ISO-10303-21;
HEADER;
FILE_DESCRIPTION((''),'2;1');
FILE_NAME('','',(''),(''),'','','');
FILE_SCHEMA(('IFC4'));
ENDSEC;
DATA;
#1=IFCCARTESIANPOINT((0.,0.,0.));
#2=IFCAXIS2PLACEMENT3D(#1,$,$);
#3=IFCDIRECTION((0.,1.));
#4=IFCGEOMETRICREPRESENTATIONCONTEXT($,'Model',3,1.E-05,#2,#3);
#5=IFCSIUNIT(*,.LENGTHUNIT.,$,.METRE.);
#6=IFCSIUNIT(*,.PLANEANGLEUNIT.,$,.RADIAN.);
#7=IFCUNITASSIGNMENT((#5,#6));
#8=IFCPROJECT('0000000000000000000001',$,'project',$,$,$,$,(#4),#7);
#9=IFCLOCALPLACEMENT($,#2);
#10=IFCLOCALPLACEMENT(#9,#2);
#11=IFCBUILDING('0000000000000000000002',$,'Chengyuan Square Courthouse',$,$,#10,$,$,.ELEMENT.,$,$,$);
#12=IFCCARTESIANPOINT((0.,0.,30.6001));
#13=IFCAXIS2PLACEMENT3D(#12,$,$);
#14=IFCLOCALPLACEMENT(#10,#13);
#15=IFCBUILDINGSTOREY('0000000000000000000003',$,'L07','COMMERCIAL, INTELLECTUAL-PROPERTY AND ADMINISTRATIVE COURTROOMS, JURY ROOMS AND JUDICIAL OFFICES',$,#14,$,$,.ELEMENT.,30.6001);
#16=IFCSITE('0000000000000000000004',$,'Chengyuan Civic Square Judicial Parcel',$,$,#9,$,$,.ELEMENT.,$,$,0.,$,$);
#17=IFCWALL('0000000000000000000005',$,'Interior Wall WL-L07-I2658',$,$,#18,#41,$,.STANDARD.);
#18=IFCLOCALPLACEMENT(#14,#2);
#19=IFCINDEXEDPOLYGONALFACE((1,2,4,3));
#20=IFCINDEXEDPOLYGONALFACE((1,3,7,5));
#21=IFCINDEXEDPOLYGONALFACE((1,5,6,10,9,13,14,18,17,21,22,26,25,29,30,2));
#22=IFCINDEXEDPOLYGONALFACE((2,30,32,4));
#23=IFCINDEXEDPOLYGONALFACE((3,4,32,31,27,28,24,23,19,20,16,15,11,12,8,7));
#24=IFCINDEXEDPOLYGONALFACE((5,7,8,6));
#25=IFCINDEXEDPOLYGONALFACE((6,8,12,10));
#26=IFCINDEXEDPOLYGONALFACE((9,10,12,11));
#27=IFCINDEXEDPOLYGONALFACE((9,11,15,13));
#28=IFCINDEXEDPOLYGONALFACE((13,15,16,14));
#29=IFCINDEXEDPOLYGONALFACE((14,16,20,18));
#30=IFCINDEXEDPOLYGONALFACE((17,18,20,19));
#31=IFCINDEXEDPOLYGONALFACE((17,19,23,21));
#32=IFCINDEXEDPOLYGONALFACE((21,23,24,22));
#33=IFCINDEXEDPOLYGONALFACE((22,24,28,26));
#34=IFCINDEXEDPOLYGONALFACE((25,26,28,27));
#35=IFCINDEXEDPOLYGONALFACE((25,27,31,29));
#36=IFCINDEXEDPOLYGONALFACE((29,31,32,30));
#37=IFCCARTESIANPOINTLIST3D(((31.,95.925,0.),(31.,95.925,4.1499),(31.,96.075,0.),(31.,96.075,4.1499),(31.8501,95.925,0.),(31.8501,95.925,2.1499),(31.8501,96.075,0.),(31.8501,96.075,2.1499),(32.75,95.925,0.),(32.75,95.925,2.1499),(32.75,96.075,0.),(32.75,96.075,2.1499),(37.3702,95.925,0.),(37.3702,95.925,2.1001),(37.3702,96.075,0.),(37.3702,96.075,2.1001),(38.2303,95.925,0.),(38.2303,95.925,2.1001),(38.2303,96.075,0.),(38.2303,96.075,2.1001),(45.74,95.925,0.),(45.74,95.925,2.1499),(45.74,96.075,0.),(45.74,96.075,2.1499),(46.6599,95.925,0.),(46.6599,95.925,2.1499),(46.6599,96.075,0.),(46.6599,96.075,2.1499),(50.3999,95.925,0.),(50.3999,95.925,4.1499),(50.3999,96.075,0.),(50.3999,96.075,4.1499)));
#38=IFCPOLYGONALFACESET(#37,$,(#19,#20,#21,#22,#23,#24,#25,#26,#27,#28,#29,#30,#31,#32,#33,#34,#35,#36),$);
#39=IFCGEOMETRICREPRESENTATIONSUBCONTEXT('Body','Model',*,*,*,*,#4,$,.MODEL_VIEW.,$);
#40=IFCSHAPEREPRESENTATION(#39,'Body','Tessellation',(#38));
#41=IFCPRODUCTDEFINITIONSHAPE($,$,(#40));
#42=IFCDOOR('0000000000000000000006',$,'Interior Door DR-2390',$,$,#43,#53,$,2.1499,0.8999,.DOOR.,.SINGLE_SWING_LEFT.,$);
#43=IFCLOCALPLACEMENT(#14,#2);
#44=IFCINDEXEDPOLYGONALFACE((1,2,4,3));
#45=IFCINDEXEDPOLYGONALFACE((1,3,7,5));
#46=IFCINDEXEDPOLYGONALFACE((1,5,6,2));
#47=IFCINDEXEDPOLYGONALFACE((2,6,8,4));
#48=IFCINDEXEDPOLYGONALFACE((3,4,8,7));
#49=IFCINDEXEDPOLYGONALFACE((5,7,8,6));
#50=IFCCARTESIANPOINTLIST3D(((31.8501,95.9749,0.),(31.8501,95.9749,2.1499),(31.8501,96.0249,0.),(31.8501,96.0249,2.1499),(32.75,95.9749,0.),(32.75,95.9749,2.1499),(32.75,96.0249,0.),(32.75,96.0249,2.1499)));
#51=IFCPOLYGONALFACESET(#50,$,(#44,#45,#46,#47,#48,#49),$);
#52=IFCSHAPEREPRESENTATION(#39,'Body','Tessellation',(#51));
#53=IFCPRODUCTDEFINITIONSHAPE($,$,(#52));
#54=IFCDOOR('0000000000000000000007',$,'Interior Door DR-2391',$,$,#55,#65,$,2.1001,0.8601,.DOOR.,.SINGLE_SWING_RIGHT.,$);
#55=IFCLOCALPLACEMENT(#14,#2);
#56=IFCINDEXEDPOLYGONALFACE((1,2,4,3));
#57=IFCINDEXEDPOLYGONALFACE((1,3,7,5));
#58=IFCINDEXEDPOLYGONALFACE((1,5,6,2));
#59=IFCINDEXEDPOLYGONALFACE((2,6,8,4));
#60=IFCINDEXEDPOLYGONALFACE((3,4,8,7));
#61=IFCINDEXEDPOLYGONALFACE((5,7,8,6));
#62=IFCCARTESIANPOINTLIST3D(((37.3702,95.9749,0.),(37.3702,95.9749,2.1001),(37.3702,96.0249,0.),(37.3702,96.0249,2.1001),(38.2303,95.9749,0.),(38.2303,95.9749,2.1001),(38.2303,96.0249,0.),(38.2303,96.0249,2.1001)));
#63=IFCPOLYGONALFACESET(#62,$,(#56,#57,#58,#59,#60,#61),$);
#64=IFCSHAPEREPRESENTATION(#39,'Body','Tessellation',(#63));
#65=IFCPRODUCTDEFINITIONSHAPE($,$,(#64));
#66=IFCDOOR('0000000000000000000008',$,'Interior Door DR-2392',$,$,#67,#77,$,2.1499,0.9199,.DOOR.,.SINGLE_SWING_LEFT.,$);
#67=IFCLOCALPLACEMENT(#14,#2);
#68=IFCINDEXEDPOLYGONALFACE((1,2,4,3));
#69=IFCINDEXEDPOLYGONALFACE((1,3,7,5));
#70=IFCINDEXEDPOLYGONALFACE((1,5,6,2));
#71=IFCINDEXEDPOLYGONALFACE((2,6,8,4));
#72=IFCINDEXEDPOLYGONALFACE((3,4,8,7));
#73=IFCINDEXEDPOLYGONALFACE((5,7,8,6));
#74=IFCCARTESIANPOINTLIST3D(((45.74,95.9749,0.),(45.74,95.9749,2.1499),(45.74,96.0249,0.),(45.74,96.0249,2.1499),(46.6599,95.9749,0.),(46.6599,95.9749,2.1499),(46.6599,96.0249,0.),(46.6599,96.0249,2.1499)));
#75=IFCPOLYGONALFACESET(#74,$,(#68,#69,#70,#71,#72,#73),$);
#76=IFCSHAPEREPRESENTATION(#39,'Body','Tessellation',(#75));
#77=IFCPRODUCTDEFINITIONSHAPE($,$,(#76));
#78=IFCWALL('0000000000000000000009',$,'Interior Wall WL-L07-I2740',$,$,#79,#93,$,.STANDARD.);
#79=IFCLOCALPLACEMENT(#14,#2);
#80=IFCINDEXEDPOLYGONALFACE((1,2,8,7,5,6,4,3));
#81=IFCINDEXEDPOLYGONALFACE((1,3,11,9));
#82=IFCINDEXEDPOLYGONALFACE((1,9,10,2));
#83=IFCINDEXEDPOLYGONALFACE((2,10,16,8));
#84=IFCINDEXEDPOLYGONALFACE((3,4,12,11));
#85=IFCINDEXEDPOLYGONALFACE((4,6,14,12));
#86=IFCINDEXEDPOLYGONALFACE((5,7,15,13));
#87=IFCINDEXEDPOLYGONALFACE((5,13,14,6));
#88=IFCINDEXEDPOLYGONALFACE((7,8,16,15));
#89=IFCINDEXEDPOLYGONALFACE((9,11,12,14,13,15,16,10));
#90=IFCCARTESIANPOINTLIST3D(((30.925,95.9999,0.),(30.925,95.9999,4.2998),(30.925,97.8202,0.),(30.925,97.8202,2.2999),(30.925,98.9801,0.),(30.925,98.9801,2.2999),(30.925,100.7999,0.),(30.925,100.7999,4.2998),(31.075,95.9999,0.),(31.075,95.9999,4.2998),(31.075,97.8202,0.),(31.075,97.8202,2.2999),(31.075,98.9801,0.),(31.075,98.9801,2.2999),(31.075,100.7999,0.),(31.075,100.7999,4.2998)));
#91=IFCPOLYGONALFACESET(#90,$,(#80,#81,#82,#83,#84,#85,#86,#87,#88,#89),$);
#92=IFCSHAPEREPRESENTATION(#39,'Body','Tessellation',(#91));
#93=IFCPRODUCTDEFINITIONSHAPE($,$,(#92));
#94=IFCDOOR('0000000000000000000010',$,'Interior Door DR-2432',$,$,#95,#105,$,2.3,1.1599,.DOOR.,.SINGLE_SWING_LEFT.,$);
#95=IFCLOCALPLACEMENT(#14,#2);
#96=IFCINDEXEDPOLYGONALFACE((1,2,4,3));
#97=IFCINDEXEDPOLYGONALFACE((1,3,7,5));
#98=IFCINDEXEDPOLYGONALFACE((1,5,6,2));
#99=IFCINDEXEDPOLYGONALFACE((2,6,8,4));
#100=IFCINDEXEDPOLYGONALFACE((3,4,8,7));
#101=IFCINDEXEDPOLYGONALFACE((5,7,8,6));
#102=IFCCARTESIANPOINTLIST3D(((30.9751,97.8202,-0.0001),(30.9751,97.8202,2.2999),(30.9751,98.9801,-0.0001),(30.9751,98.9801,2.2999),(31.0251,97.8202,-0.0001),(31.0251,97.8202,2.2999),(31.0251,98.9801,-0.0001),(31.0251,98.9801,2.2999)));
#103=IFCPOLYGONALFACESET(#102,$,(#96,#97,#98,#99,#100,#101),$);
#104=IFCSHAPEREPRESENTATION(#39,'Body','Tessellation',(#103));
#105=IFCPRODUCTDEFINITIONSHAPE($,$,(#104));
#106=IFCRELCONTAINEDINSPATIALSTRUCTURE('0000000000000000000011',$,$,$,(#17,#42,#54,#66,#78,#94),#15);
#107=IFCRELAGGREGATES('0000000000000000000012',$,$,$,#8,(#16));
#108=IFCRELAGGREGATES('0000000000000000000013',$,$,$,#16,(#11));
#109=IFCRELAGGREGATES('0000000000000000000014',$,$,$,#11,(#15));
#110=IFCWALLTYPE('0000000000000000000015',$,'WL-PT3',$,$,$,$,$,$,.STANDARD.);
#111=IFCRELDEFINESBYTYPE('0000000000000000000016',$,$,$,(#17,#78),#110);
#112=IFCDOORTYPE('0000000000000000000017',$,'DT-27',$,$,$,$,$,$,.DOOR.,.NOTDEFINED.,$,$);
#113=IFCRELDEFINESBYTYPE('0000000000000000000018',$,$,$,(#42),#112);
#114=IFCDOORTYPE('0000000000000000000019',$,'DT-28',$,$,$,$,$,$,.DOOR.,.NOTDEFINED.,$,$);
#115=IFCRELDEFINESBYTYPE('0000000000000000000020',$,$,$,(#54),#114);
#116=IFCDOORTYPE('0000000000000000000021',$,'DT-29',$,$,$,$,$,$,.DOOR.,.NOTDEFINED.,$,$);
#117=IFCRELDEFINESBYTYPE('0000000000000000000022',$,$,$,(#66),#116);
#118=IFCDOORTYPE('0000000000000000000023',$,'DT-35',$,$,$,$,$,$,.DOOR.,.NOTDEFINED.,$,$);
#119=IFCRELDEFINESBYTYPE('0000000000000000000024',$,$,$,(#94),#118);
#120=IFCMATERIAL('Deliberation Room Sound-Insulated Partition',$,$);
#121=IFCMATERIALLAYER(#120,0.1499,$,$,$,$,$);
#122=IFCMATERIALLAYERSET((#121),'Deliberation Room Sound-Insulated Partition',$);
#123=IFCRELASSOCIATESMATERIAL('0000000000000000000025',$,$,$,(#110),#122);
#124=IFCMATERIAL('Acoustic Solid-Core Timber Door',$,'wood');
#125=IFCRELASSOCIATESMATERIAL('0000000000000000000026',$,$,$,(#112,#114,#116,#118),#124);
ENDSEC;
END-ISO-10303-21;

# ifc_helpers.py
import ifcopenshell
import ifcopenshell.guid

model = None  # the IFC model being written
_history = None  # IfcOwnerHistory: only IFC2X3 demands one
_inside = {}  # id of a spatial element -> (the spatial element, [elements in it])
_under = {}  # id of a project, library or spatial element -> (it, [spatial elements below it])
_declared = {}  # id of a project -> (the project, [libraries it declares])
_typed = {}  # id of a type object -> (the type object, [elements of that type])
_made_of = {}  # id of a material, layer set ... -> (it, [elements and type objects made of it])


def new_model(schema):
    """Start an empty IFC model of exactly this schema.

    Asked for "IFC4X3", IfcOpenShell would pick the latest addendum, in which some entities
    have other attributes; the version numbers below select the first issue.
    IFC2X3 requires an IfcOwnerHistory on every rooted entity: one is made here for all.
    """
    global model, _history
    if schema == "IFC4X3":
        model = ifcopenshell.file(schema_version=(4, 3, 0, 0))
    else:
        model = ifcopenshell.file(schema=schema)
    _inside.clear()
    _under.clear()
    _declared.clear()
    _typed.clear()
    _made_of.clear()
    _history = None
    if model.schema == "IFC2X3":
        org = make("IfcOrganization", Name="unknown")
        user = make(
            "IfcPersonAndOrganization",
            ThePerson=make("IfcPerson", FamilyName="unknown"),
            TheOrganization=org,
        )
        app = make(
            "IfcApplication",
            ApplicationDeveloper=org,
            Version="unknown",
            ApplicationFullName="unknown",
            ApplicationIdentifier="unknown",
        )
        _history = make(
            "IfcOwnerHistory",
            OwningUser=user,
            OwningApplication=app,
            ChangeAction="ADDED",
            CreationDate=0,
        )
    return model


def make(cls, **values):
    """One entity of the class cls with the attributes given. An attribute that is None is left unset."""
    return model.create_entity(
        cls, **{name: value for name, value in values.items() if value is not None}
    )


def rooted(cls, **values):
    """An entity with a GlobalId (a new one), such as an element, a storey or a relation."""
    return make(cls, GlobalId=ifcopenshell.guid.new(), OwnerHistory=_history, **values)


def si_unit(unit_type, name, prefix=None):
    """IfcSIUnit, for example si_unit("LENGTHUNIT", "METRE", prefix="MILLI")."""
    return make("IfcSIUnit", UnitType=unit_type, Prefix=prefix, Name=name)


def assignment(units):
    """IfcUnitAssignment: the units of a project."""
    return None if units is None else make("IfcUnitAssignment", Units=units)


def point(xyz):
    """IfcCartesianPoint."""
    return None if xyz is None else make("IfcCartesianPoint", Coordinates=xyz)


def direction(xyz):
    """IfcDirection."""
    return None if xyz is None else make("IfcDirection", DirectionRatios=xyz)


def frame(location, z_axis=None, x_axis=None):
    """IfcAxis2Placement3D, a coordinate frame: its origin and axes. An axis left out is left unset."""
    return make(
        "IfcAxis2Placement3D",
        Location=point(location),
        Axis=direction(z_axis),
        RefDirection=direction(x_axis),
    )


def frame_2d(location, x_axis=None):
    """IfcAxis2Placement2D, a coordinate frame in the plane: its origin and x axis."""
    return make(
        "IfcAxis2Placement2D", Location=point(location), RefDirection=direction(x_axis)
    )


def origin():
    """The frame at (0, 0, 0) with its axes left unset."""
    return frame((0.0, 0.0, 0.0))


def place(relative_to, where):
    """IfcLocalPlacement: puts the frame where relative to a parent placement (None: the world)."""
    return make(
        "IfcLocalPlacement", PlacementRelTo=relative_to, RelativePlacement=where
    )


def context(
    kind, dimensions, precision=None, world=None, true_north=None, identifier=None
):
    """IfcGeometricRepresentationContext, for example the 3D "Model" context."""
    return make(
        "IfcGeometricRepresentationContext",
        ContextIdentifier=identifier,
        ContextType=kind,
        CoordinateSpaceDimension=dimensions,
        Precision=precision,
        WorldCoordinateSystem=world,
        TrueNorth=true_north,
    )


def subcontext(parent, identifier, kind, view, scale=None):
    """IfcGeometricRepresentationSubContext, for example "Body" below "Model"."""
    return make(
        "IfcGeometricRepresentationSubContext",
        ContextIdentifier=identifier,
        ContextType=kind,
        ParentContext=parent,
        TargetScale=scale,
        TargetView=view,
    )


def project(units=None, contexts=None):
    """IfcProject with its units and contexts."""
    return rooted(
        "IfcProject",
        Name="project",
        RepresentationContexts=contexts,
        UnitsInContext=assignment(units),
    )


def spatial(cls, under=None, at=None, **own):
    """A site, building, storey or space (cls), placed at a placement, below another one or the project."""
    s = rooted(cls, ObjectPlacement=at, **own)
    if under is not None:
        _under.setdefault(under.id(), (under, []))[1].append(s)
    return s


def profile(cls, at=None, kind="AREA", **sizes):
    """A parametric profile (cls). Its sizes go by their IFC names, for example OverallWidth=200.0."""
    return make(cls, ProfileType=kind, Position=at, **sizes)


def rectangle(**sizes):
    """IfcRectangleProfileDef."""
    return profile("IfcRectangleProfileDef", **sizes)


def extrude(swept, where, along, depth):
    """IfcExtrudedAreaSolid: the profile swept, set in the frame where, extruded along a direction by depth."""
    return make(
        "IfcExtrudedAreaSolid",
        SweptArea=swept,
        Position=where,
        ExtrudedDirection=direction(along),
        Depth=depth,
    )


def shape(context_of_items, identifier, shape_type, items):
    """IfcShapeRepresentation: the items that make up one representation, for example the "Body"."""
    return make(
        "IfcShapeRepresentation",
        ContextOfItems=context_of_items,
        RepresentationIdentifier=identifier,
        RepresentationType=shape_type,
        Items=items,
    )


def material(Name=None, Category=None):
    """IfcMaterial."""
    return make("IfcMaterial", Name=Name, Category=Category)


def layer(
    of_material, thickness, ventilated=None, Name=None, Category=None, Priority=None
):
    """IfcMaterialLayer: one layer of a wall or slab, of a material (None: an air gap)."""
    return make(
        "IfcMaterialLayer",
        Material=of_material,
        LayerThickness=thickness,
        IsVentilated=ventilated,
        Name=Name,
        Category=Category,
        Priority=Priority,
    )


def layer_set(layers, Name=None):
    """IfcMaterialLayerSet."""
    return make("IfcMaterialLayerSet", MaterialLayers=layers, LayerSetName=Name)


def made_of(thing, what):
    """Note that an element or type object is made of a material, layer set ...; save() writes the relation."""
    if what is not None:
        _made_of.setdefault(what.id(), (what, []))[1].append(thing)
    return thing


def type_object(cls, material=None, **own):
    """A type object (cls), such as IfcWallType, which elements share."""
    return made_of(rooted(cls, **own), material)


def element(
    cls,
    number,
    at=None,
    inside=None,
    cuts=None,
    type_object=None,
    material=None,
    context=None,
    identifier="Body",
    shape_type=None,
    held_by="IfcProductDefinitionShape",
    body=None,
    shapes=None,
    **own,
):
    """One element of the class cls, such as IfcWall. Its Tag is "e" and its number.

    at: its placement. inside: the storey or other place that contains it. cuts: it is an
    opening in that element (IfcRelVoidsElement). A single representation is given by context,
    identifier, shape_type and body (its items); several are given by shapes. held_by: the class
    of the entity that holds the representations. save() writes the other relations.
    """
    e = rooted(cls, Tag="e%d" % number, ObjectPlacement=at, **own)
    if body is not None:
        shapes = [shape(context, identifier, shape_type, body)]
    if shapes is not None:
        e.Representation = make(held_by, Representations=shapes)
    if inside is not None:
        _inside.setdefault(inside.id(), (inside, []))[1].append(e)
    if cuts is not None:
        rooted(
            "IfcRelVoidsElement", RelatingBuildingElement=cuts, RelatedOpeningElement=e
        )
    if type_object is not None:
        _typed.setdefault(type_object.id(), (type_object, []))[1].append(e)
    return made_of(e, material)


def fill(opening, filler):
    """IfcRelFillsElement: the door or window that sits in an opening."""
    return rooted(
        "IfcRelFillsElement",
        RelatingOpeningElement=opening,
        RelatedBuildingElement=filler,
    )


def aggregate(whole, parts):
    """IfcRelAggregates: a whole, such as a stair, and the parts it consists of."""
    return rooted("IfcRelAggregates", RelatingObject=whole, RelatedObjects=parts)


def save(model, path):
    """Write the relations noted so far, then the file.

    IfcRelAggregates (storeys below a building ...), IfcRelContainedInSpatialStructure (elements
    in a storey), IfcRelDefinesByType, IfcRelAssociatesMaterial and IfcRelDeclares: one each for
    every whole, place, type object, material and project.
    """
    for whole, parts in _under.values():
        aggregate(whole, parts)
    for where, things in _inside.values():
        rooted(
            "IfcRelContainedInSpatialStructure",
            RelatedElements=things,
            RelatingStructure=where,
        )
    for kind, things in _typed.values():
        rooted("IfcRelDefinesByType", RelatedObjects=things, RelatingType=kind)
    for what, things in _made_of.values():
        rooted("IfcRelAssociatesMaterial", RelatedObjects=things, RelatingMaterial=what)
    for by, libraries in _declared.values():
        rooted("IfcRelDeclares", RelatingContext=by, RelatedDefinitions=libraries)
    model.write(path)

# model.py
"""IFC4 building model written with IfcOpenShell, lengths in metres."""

from ifc_helpers import new_model, si_unit, direction, frame, frame_2d, origin, place, context, subcontext, project, spatial, rectangle, extrude, material, layer, layer_set, type_object, element, fill, save


model = new_model("IFC4")

# Units and contexts
model_context = context("Model", 3, precision=1e-05, world=origin(), true_north=direction((0.0, 1.0)))
body_context = subcontext(model_context, "Body", "Model", "MODEL_VIEW")
ifc_project = project(units=[si_unit("LENGTHUNIT", "METRE"), si_unit("PLANEANGLEUNIT", "RADIAN")], contexts=[model_context])

# Site, building, storey
site_placement = place(None, origin())
site = spatial("IfcSite", under=ifc_project, at=site_placement, Name="Chengyuan Civic Square Judicial Parcel", CompositionType="ELEMENT", RefElevation=0.0)
building_placement = place(site_placement, origin())
building = spatial("IfcBuilding", under=site, at=building_placement, Name="Chengyuan Square Courthouse", CompositionType="ELEMENT")
storey_placement = place(building_placement, frame((0.0, 0.0, 30.6001)))
storey = spatial("IfcBuildingStorey", under=building, at=storey_placement, Name="L07", Description="COMMERCIAL, INTELLECTUAL-PROPERTY AND ADMINISTRATIVE COURTROOMS, JURY ROOMS AND JUDICIAL OFFICES", CompositionType="ELEMENT", Elevation=30.6001)

# Wall, openings, doors
ifc_material_1 = material(Name="Deliberation Room Sound-Insulated Partition")
ifc_layer_1 = layer(ifc_material_1, 0.1499)
ifc_layer_set_1 = layer_set([ifc_layer_1], Name="Deliberation Room Sound-Insulated Partition")
wall_type_1 = type_object("IfcWallType", Name="WL-PT3", PredefinedType="STANDARD", material=ifc_layer_set_1)
wall_1_placement = place(storey_placement, frame((31.0, 96.0, 0.0), z_axis=(0.0, 0.0, 1.0), x_axis=(1.0, 0.0, 0.0)))
wall_1 = element("IfcWall", 1, at=wall_1_placement, inside=storey, type_object=wall_type_1, Name="Interior Wall WL-L07-I2658", PredefinedType="STANDARD", context=body_context, shape_type="SweptSolid", body=[
    extrude(rectangle(XDim=19.3999, YDim=0.1499, at=frame_2d((9.7, 0.0))), origin(), (0.0, 0.0, 1.0), 4.1499),
])
opening_1_placement = place(wall_1_placement, frame((0.8501, 0.0, 0.0)))
opening_1 = element("IfcOpeningElement", 2, at=opening_1_placement, cuts=wall_1, PredefinedType="OPENING", context=body_context, shape_type="SweptSolid", body=[
    extrude(rectangle(XDim=0.8999, YDim=2.1499, at=frame_2d((0.45, 1.075))), frame((0.0, 0.0869, 0.0), z_axis=(0.0, -1.0, 0.0), x_axis=(1.0, 0.0, 0.0)), (0.0, 0.0, 1.0), 0.1738),
])
opening_2_placement = place(wall_1_placement, frame((6.3701, 0.0, 0.0)))
opening_2 = element("IfcOpeningElement", 3, at=opening_2_placement, cuts=wall_1, PredefinedType="OPENING", context=body_context, shape_type="SweptSolid", body=[
    extrude(rectangle(XDim=0.8601, YDim=2.1001, at=frame_2d((0.4302, 1.05))), frame((0.0, 0.0869, 0.0), z_axis=(0.0, -1.0, 0.0), x_axis=(1.0, 0.0, 0.0)), (0.0, 0.0, 1.0), 0.1738),
])
opening_3_placement = place(wall_1_placement, frame((14.74, 0.0, 0.0)))
opening_3 = element("IfcOpeningElement", 4, at=opening_3_placement, cuts=wall_1, PredefinedType="OPENING", context=body_context, shape_type="SweptSolid", body=[
    extrude(rectangle(XDim=0.9199, YDim=2.1499, at=frame_2d((0.46, 1.075))), frame((0.0, 0.0869, 0.0), z_axis=(0.0, -1.0, 0.0), x_axis=(1.0, 0.0, 0.0)), (0.0, 0.0, 1.0), 0.1738),
])
ifc_material_2 = material(Name="Acoustic Solid-Core Timber Door", Category="wood")
door_type_1 = type_object("IfcDoorType", Name="DT-27", OperationType="NOTDEFINED", PredefinedType="DOOR", material=ifc_material_2)
door_1_placement = place(opening_1_placement, origin())
door_1 = element("IfcDoor", 5, at=door_1_placement, inside=storey, type_object=door_type_1, Name="Interior Door DR-2390", OperationType="SINGLE_SWING_LEFT", OverallHeight=2.1499, OverallWidth=0.8999, PredefinedType="DOOR", context=body_context, shape_type="SweptSolid", body=[
    extrude(rectangle(XDim=0.8999, YDim=2.1499, at=frame_2d((0.45, 1.075))), frame((0.0, 0.0249, 0.0), z_axis=(0.0, -1.0, 0.0), x_axis=(1.0, 0.0, 0.0)), (0.0, 0.0, 1.0), 0.05),
])
fill(opening_1, door_1)
door_type_2 = type_object("IfcDoorType", Name="DT-28", OperationType="NOTDEFINED", PredefinedType="DOOR", material=ifc_material_2)
door_2_placement = place(opening_2_placement, origin())
door_2 = element("IfcDoor", 6, at=door_2_placement, inside=storey, type_object=door_type_2, Name="Interior Door DR-2391", OperationType="SINGLE_SWING_RIGHT", OverallHeight=2.1001, OverallWidth=0.8601, PredefinedType="DOOR", context=body_context, shape_type="SweptSolid", body=[
    extrude(rectangle(XDim=0.8601, YDim=2.1001, at=frame_2d((0.4302, 1.05))), frame((0.0, 0.0249, 0.0), z_axis=(0.0, -1.0, 0.0), x_axis=(1.0, 0.0, 0.0)), (0.0, 0.0, 1.0), 0.05),
])
fill(opening_2, door_2)
door_type_3 = type_object("IfcDoorType", Name="DT-29", OperationType="NOTDEFINED", PredefinedType="DOOR", material=ifc_material_2)
door_3_placement = place(opening_3_placement, origin())
door_3 = element("IfcDoor", 7, at=door_3_placement, inside=storey, type_object=door_type_3, Name="Interior Door DR-2392", OperationType="SINGLE_SWING_LEFT", OverallHeight=2.1499, OverallWidth=0.9199, PredefinedType="DOOR", context=body_context, shape_type="SweptSolid", body=[
    extrude(rectangle(XDim=0.9199, YDim=2.1499, at=frame_2d((0.46, 1.075))), frame((0.0, 0.0249, 0.0), z_axis=(0.0, -1.0, 0.0), x_axis=(1.0, 0.0, 0.0)), (0.0, 0.0, 1.0), 0.05),
])
fill(opening_3, door_3)

# Wall, opening, door
wall_2_placement = place(storey_placement, frame((31.0, 96.0, 0.0), z_axis=(0.0, 0.0, 1.0), x_axis=(0.0, 1.0, 0.0)))
wall_2 = element("IfcWall", 8, at=wall_2_placement, inside=storey, type_object=wall_type_1, Name="Interior Wall WL-L07-I2740", PredefinedType="STANDARD", context=body_context, shape_type="SweptSolid", body=[
    extrude(rectangle(XDim=4.8, YDim=0.1499, at=frame_2d((2.3999, 0.0))), origin(), (0.0, 0.0, 1.0), 4.2998),
])
opening_4_placement = place(wall_2_placement, frame((1.8201, 0.0, 0.0)))
opening_4 = element("IfcOpeningElement", 9, at=opening_4_placement, cuts=wall_2, PredefinedType="OPENING", context=body_context, shape_type="SweptSolid", body=[
    extrude(rectangle(XDim=1.1599, YDim=2.3, at=frame_2d((0.5801, 1.1499))), frame((0.0, 0.0869, 0.0), z_axis=(0.0, -1.0, 0.0), x_axis=(1.0, 0.0, 0.0)), (0.0, 0.0, 1.0), 0.1738),
])
door_type_4 = type_object("IfcDoorType", Name="DT-35", OperationType="NOTDEFINED", PredefinedType="DOOR", material=ifc_material_2)
door_4_placement = place(opening_4_placement, origin())
door_4 = element("IfcDoor", 10, at=door_4_placement, inside=storey, type_object=door_type_4, Name="Interior Door DR-2432", OperationType="SINGLE_SWING_LEFT", OverallHeight=2.3, OverallWidth=1.1599, PredefinedType="DOOR", context=body_context, shape_type="SweptSolid", body=[
    extrude(rectangle(XDim=1.1599, YDim=2.3, at=frame_2d((0.5801, 1.1499))), frame((0.0, 0.0249, 0.0), z_axis=(0.0, -1.0, 0.0), x_axis=(1.0, 0.0, 0.0)), (0.0, 0.0, 1.0), 0.05),
])
fill(opening_4, door_4)

save(model, "model.ifc")
